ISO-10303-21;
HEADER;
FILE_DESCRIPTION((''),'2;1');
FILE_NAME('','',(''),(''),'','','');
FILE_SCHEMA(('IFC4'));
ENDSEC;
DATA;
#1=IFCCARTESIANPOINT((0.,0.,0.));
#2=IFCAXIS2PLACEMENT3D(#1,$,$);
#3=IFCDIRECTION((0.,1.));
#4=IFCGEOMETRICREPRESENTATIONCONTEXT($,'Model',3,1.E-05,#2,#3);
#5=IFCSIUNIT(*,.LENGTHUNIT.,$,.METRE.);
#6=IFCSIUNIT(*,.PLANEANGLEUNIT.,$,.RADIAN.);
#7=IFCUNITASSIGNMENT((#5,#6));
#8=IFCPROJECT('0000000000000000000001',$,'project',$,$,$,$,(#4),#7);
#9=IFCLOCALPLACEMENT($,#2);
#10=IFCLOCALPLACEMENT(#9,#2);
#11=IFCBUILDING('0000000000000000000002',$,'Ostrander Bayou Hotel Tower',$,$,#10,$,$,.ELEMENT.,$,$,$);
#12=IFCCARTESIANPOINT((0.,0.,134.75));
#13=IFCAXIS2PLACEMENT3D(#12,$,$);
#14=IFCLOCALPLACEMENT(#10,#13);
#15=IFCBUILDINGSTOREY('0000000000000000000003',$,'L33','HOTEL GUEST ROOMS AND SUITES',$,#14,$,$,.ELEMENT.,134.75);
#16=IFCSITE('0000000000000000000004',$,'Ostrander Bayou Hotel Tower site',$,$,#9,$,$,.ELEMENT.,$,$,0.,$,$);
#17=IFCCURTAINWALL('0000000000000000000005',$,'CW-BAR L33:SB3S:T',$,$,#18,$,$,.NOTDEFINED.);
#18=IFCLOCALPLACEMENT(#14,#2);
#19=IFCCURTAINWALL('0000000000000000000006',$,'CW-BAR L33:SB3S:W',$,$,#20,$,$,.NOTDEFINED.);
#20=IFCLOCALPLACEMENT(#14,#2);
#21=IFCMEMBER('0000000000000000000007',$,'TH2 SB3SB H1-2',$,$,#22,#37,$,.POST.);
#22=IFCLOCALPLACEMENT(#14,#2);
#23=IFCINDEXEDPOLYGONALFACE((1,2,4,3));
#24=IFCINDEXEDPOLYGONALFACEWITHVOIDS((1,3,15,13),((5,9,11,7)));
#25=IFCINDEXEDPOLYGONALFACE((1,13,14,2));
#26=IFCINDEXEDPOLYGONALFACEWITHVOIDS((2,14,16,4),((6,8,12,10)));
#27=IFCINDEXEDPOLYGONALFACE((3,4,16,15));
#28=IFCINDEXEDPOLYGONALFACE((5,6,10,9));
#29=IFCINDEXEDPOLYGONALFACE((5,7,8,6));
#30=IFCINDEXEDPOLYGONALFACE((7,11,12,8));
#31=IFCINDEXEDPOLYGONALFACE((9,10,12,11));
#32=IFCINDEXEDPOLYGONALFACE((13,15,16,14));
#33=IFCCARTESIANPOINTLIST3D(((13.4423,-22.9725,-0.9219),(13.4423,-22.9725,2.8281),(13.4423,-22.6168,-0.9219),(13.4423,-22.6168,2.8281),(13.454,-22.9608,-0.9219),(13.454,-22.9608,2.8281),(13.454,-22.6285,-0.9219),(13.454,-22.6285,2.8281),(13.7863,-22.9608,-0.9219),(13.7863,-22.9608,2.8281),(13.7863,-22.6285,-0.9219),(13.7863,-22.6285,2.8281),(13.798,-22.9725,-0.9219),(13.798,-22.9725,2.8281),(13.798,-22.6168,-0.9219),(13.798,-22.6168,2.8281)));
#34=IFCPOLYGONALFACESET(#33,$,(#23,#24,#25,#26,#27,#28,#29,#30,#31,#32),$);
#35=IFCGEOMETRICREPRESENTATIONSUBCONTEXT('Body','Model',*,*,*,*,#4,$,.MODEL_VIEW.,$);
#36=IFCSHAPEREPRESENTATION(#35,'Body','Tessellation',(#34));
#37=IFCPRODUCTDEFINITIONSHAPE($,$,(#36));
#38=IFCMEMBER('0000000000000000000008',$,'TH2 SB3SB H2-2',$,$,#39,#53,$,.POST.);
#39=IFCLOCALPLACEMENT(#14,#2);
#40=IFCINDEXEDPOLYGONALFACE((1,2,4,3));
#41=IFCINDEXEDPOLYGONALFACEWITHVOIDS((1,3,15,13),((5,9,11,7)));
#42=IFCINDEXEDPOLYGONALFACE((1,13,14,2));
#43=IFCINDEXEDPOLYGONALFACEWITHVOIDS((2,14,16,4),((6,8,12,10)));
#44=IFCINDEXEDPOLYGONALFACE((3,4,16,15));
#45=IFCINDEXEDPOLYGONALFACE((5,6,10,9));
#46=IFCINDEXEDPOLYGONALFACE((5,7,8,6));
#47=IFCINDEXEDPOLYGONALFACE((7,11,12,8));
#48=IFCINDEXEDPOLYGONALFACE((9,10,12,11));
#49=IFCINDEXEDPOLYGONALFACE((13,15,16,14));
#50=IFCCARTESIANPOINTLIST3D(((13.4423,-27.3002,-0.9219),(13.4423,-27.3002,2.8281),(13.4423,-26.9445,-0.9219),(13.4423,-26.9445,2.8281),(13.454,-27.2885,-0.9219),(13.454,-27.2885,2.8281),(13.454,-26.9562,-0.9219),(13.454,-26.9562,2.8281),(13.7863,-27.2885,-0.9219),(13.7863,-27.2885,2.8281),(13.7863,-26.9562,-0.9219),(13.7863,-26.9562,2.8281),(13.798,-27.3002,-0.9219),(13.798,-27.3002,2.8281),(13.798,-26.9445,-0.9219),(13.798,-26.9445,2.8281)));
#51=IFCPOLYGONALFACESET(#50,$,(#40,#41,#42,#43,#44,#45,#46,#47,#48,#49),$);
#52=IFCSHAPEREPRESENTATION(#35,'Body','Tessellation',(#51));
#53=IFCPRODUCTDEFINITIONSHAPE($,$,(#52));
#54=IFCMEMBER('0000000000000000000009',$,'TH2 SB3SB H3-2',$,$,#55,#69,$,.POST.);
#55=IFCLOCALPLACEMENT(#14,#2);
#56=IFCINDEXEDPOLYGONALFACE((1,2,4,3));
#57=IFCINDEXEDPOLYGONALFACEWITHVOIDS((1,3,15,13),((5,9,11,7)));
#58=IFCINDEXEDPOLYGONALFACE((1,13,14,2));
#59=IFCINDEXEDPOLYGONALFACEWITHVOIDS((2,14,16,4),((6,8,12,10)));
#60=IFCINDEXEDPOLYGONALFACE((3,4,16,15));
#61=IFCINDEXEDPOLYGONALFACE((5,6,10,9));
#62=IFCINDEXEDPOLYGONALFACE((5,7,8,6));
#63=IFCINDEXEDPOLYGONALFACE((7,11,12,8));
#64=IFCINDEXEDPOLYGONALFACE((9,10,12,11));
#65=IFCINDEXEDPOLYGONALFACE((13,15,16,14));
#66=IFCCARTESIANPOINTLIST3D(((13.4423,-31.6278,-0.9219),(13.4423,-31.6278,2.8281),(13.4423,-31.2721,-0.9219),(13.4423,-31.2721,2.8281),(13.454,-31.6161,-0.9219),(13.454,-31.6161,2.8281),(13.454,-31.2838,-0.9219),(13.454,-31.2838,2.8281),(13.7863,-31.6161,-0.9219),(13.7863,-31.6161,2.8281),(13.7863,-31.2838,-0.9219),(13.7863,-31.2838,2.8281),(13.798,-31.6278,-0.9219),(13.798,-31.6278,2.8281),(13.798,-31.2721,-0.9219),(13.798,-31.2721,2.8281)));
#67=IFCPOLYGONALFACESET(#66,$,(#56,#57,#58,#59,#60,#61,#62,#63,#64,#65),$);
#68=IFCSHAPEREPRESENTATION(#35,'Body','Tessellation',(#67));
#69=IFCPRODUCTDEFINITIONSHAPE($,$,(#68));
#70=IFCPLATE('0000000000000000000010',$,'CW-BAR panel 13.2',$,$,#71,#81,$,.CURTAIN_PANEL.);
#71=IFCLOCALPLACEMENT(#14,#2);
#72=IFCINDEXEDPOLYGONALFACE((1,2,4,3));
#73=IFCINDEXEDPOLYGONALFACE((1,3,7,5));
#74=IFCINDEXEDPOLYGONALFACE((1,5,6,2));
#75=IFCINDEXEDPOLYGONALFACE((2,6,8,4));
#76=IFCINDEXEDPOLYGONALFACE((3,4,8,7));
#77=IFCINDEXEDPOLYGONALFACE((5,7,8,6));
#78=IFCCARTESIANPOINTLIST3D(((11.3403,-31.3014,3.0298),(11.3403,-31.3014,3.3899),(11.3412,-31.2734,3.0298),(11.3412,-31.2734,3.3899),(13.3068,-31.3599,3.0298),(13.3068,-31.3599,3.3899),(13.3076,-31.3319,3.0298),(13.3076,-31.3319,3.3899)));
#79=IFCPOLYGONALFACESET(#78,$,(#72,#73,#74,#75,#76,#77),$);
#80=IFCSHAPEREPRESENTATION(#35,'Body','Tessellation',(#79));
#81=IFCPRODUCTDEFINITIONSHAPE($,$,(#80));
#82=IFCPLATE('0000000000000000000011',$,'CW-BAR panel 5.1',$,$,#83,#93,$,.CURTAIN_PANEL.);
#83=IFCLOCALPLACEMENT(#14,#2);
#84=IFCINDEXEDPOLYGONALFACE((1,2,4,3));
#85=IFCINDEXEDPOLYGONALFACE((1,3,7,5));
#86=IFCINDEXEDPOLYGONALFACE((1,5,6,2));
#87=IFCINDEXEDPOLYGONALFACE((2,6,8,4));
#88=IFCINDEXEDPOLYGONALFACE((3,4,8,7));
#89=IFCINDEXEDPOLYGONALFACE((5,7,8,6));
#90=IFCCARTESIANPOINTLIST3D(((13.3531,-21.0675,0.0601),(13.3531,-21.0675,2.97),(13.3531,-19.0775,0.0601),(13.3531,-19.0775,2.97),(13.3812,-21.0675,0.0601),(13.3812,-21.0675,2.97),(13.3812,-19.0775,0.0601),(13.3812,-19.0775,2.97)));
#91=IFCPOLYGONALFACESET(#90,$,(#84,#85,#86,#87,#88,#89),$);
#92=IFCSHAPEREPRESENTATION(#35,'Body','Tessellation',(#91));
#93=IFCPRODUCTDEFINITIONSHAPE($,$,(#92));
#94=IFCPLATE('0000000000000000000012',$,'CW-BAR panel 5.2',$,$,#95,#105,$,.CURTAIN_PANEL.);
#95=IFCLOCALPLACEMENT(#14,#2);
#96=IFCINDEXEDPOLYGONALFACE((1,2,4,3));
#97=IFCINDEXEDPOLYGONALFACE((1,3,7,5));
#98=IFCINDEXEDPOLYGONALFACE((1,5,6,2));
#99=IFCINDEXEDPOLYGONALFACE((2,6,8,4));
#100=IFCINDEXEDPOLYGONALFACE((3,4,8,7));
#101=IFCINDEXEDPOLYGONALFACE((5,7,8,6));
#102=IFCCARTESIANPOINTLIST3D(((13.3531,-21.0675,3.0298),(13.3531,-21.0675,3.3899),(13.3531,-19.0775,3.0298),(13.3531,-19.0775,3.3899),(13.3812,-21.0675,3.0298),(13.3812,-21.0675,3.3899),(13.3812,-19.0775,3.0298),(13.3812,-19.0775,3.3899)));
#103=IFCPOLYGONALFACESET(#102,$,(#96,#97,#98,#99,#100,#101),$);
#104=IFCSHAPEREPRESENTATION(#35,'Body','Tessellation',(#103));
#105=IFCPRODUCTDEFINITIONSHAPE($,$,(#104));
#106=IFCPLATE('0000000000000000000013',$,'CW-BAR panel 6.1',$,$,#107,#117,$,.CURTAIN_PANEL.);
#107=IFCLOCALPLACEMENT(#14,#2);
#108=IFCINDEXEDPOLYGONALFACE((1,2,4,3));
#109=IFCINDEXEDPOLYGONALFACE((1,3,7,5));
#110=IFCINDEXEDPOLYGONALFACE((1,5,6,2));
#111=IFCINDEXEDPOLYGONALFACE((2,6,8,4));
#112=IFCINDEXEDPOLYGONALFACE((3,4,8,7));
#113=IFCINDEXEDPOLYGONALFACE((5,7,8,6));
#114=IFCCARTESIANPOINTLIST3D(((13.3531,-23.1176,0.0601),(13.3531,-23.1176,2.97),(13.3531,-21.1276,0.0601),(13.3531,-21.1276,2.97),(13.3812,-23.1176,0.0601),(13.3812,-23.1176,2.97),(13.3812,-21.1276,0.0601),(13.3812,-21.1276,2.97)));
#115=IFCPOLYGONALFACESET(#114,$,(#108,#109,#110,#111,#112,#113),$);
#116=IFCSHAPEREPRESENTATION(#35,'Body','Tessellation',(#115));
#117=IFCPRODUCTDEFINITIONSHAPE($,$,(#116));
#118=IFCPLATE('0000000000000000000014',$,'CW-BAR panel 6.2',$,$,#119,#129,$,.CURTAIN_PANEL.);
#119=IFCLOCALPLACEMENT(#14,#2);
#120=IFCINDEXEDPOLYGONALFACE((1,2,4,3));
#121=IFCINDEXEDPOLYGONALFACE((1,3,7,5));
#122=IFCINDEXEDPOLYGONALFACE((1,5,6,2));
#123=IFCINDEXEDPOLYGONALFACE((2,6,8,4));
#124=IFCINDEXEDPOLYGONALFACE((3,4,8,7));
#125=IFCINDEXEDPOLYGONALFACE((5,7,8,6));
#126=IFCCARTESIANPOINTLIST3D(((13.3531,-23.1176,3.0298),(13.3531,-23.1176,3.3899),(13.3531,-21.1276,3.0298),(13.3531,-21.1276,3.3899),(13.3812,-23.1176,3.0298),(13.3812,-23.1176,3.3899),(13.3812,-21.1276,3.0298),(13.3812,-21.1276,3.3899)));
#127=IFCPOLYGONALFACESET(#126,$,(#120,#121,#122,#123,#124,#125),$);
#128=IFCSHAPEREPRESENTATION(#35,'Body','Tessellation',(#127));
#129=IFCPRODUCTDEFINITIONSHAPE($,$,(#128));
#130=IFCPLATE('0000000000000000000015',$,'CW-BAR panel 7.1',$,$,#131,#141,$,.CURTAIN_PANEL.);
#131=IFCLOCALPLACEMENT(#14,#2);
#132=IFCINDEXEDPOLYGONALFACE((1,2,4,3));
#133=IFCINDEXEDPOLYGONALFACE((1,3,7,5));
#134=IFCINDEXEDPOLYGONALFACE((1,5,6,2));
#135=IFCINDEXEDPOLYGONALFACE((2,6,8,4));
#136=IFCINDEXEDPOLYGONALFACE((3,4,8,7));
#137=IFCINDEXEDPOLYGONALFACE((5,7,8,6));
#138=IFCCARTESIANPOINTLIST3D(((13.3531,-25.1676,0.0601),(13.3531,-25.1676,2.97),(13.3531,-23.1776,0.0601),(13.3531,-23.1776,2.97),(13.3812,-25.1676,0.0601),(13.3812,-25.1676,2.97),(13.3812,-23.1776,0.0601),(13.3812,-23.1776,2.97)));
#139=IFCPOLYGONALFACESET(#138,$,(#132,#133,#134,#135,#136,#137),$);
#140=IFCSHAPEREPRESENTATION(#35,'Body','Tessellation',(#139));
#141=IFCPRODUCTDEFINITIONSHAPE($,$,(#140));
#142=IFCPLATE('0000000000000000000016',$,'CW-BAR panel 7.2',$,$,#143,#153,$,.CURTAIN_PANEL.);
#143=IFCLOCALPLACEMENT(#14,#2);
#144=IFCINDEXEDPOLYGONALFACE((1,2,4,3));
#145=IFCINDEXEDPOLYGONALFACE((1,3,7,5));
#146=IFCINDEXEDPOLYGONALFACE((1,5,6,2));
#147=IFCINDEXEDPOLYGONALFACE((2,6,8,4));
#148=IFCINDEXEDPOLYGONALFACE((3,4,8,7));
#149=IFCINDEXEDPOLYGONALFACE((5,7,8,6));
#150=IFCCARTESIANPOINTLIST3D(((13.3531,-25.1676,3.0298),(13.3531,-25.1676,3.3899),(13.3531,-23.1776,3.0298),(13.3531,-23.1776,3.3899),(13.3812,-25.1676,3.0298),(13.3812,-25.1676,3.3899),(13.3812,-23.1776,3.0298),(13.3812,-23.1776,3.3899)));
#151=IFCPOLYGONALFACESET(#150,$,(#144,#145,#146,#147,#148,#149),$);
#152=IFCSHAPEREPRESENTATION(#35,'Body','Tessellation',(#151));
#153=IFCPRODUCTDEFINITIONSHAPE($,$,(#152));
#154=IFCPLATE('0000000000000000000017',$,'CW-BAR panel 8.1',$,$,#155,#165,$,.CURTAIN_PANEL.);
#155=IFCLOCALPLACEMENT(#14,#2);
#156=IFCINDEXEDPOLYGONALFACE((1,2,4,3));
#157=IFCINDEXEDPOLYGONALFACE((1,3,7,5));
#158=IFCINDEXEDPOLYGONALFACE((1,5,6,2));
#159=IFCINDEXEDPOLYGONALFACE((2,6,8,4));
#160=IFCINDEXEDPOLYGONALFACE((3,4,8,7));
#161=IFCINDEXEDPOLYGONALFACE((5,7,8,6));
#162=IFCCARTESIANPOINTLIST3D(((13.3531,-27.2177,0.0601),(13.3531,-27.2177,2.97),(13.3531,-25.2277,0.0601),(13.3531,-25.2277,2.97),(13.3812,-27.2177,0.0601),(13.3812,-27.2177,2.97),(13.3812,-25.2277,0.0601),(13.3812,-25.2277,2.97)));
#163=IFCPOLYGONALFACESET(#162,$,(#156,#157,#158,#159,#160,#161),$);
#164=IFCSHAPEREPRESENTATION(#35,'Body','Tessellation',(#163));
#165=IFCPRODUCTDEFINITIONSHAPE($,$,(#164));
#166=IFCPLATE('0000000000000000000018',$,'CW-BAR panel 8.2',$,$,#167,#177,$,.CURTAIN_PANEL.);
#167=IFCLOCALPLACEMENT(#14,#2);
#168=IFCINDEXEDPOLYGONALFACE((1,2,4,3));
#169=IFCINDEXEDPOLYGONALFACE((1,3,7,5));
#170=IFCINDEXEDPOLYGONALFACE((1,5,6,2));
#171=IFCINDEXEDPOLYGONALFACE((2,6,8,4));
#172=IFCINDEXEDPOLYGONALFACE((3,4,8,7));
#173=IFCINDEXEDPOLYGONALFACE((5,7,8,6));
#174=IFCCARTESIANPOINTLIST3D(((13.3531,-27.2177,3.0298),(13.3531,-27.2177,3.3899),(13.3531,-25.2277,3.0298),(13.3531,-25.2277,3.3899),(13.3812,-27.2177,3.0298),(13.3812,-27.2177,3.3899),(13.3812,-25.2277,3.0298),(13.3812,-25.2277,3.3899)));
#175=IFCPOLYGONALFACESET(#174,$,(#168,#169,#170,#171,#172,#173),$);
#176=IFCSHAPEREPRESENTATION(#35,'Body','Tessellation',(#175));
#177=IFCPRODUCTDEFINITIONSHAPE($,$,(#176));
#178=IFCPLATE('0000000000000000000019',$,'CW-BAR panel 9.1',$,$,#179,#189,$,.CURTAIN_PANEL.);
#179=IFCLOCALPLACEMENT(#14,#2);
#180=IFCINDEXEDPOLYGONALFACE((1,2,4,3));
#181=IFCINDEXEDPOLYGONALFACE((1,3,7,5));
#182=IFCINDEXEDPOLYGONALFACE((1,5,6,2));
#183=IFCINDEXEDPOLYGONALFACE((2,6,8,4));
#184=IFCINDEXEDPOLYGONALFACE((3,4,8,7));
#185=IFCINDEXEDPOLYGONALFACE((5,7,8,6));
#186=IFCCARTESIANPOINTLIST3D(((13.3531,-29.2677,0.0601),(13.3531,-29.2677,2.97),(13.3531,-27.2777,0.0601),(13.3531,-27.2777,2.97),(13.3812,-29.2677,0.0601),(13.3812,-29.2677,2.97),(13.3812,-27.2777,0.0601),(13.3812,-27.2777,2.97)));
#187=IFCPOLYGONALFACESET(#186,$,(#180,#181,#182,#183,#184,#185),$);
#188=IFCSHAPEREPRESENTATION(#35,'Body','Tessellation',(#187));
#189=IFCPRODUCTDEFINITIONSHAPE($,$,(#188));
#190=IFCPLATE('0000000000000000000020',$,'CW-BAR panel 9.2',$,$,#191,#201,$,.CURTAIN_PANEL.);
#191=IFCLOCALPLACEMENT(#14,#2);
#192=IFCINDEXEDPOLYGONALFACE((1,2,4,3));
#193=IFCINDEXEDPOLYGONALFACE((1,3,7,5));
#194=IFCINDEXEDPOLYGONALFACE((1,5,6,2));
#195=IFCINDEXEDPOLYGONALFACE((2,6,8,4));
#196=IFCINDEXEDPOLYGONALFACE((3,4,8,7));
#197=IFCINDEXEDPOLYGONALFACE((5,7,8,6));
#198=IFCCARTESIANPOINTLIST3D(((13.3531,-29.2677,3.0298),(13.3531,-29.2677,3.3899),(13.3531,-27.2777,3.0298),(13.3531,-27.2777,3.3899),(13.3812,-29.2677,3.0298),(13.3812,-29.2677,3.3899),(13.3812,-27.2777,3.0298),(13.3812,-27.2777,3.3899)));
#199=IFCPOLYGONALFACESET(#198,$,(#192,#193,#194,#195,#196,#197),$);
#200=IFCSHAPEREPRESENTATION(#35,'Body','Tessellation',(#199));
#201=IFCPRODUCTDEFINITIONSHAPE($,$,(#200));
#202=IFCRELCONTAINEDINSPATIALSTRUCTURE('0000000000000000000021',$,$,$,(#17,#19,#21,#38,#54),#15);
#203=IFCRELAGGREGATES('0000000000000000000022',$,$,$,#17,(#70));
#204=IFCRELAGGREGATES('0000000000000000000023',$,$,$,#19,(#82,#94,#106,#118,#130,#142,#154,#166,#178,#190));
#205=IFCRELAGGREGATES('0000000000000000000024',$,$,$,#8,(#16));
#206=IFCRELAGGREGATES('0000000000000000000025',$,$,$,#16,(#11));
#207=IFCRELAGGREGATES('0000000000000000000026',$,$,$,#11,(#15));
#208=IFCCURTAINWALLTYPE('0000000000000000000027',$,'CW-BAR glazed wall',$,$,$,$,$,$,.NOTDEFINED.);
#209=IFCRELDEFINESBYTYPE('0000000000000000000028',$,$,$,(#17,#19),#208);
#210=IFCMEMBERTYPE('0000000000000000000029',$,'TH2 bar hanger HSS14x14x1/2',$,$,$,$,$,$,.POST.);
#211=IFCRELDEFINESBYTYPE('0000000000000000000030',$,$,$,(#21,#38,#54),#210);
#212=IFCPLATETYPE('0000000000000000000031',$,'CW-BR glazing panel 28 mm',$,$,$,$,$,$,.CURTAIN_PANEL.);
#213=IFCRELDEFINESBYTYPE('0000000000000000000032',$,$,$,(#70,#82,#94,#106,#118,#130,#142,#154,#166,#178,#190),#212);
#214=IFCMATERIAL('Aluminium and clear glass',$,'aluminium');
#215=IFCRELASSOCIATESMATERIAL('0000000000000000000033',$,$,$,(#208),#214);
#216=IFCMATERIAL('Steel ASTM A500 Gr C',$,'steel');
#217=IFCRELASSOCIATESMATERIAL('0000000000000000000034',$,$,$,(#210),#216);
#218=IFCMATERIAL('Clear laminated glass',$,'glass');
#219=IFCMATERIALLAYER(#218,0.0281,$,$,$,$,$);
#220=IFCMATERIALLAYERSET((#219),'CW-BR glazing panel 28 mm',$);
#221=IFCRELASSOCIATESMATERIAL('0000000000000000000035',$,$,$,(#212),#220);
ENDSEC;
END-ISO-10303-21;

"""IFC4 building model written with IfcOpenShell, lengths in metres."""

from ifc_helpers import new_model, si_unit, direction, frame, origin, origin_2d, place, context, subcontext, project, spatial, rectangle, hollow_rectangle, extrude, material, layer, layer_set, material_profile, profile_set, type_object, element, aggregate, save


model = new_model("IFC4")

# Units and contexts
model_context = context("Model", 3, precision=1e-05, world=origin(), true_north=direction((0.0, 1.0)))
body_context = subcontext(model_context, "Body", "Model", "MODEL_VIEW")
ifc_project = project(units=[si_unit("LENGTHUNIT", "METRE"), si_unit("PLANEANGLEUNIT", "RADIAN")], contexts=[model_context])

# Site, building, storey
site_placement = place(None, origin())
site = spatial("IfcSite", under=ifc_project, at=site_placement, Name="Ostrander Bayou Hotel Tower site", CompositionType="ELEMENT", RefElevation=0.0)
building_placement = place(site_placement, origin())
building = spatial("IfcBuilding", under=site, at=building_placement, Name="Ostrander Bayou Hotel Tower", CompositionType="ELEMENT")
storey_placement = place(building_placement, frame((0.0, 0.0, 134.75)))
storey = spatial("IfcBuildingStorey", under=building, at=storey_placement, Name="L33", Description="HOTEL GUEST ROOMS AND SUITES", CompositionType="ELEMENT", Elevation=134.75)

# Curtain wall
ifc_material_1 = material(Name="Aluminium and clear glass", Category="aluminium")
curtain_wall_type = type_object("IfcCurtainWallType", Name="CW-BAR glazed wall", PredefinedType="NOTDEFINED", material=ifc_material_1)
curtain_wall_1_placement = place(storey_placement, origin())
curtain_wall_1 = element("IfcCurtainWall", 1, at=curtain_wall_1_placement, inside=storey, type_object=curtain_wall_type, Name="CW-BAR L33:SB3S:T", PredefinedType="NOTDEFINED")

# Curtain wall
curtain_wall_2_placement = place(storey_placement, origin())
curtain_wall_2 = element("IfcCurtainWall", 2, at=curtain_wall_2_placement, inside=storey, type_object=curtain_wall_type, Name="CW-BAR L33:SB3S:W", PredefinedType="NOTDEFINED")

# Members
ifc_material_2 = material(Name="Steel ASTM A500 Gr C", Category="steel")
ifc_material_profile_1 = material_profile(ifc_material_2, hollow_rectangle(XDim=0.3557, YDim=0.3557, WallThickness=0.0117, at=origin_2d()))
ifc_profile_set_1 = profile_set([ifc_material_profile_1], Name="Steel ASTM A500 Gr C")
member_type_1 = type_object("IfcMemberType", Name="TH2 bar hanger HSS14x14x1/2", PredefinedType="POST", material=ifc_profile_set_1)
for number, where, z_axis, x_axis, name in (
    (3, (13.6201, -22.7947, -0.9219), (0.0, 0.0, 1.0), (1.0, 0.0, 0.0), "TH2 SB3SB H1-2"),
    (4, (13.6201, -27.1223, -0.9219), (0.0, 0.0, 1.0), (1.0, 0.0, 0.0), "TH2 SB3SB H2-2"),
    (5, (13.6201, -31.45, -0.9219), (0.0, 0.0, 1.0), (1.0, 0.0, 0.0), "TH2 SB3SB H3-2"),
):
    element("IfcMember", number, at=place(storey_placement, frame(where, z_axis=z_axis, x_axis=x_axis)), inside=storey, type_object=member_type_1, Name=name, PredefinedType="POST", context=body_context, shape_type="SweptSolid", body=[
        extrude(hollow_rectangle(XDim=0.3557, YDim=0.3557, WallThickness=0.0117, at=origin_2d()), origin(), (0.0, 0.0, 1.0), 3.75),
    ])

# Plates
ifc_material_3 = material(Name="Clear laminated glass", Category="glass")
ifc_layer = layer(ifc_material_3, 0.0281)
ifc_layer_set = layer_set([ifc_layer], Name="CW-BR glazing panel 28 mm")
plate_type = type_object("IfcPlateType", Name="CW-BR glazing panel 28 mm", PredefinedType="CURTAIN_PANEL", material=ifc_layer_set)
plate_1_placement = place(storey_placement, frame((12.324, -31.3167, 3.0298), z_axis=(0.0, 0.0, 1.0), x_axis=(0.999557, -0.029746, 0.0)))
plate_1 = element("IfcPlate", 6, at=plate_1_placement, type_object=plate_type, Name="CW-BAR panel 13.2", PredefinedType="CURTAIN_PANEL", context=body_context, shape_type="SweptSolid", body=[
    extrude(rectangle(XDim=1.9673, YDim=0.0281, at=origin_2d()), origin(), (0.0, 0.0, 1.0), 0.3601),
])
aggregate(curtain_wall_1, [plate_1])
plate_2_placement = place(storey_placement, frame((13.3672, -20.0725, 0.0601), z_axis=(0.0, 0.0, 1.0), x_axis=(0.0, -1.0, 0.0)))
plate_2 = element("IfcPlate", 7, at=plate_2_placement, type_object=plate_type, Name="CW-BAR panel 5.1", PredefinedType="CURTAIN_PANEL", context=body_context, shape_type="SweptSolid", body=[
    extrude(rectangle(XDim=1.99, YDim=0.0281, at=origin_2d()), origin(), (0.0, 0.0, 1.0), 2.9099),
])
plate_3_placement = place(storey_placement, frame((13.3672, -20.0725, 3.0298), z_axis=(0.0, 0.0, 1.0), x_axis=(0.0, -1.0, 0.0)))
plate_3 = element("IfcPlate", 8, at=plate_3_placement, type_object=plate_type, Name="CW-BAR panel 5.2", PredefinedType="CURTAIN_PANEL", context=body_context, shape_type="SweptSolid", body=[
    extrude(rectangle(XDim=1.99, YDim=0.0281, at=origin_2d()), origin(), (0.0, 0.0, 1.0), 0.3601),
])
plate_4_placement = place(storey_placement, frame((13.3672, -22.1226, 0.0601), z_axis=(0.0, 0.0, 1.0), x_axis=(0.0, -1.0, 0.0)))
plate_4 = element("IfcPlate", 9, at=plate_4_placement, type_object=plate_type, Name="CW-BAR panel 6.1", PredefinedType="CURTAIN_PANEL", context=body_context, shape_type="SweptSolid", body=[
    extrude(rectangle(XDim=1.99, YDim=0.0281, at=origin_2d()), origin(), (0.0, 0.0, 1.0), 2.9099),
])
plate_5_placement = place(storey_placement, frame((13.3672, -22.1226, 3.0298), z_axis=(0.0, 0.0, 1.0), x_axis=(0.0, -1.0, 0.0)))
plate_5 = element("IfcPlate", 10, at=plate_5_placement, type_object=plate_type, Name="CW-BAR panel 6.2", PredefinedType="CURTAIN_PANEL", context=body_context, shape_type="SweptSolid", body=[
    extrude(rectangle(XDim=1.99, YDim=0.0281, at=origin_2d()), origin(), (0.0, 0.0, 1.0), 0.3601),
])
plate_6_placement = place(storey_placement, frame((13.3672, -24.1726, 0.0601), z_axis=(0.0, 0.0, 1.0), x_axis=(0.0, -1.0, 0.0)))
plate_6 = element("IfcPlate", 11, at=plate_6_placement, type_object=plate_type, Name="CW-BAR panel 7.1", PredefinedType="CURTAIN_PANEL", context=body_context, shape_type="SweptSolid", body=[
    extrude(rectangle(XDim=1.99, YDim=0.0281, at=origin_2d()), origin(), (0.0, 0.0, 1.0), 2.9099),
])
plate_7_placement = place(storey_placement, frame((13.3672, -24.1726, 3.0298), z_axis=(0.0, 0.0, 1.0), x_axis=(0.0, -1.0, 0.0)))
plate_7 = element("IfcPlate", 12, at=plate_7_placement, type_object=plate_type, Name="CW-BAR panel 7.2", PredefinedType="CURTAIN_PANEL", context=body_context, shape_type="SweptSolid", body=[
    extrude(rectangle(XDim=1.99, YDim=0.0281, at=origin_2d()), origin(), (0.0, 0.0, 1.0), 0.3601),
])
plate_8_placement = place(storey_placement, frame((13.3672, -26.2227, 0.0601), z_axis=(0.0, 0.0, 1.0), x_axis=(0.0, -1.0, 0.0)))
plate_8 = element("IfcPlate", 13, at=plate_8_placement, type_object=plate_type, Name="CW-BAR panel 8.1", PredefinedType="CURTAIN_PANEL", context=body_context, shape_type="SweptSolid", body=[
    extrude(rectangle(XDim=1.99, YDim=0.0281, at=origin_2d()), origin(), (0.0, 0.0, 1.0), 2.9099),
])
plate_9_placement = place(storey_placement, frame((13.3672, -26.2227, 3.0298), z_axis=(0.0, 0.0, 1.0), x_axis=(0.0, -1.0, 0.0)))
plate_9 = element("IfcPlate", 14, at=plate_9_placement, type_object=plate_type, Name="CW-BAR panel 8.2", PredefinedType="CURTAIN_PANEL", context=body_context, shape_type="SweptSolid", body=[
    extrude(rectangle(XDim=1.99, YDim=0.0281, at=origin_2d()), origin(), (0.0, 0.0, 1.0), 0.3601),
])
plate_10_placement = place(storey_placement, frame((13.3672, -28.2727, 0.0601), z_axis=(0.0, 0.0, 1.0), x_axis=(0.0, -1.0, 0.0)))
plate_10 = element("IfcPlate", 15, at=plate_10_placement, type_object=plate_type, Name="CW-BAR panel 9.1", PredefinedType="CURTAIN_PANEL", context=body_context, shape_type="SweptSolid", body=[
    extrude(rectangle(XDim=1.99, YDim=0.0281, at=origin_2d()), origin(), (0.0, 0.0, 1.0), 2.9099),
])
plate_11_placement = place(storey_placement, frame((13.3672, -28.2727, 3.0298), z_axis=(0.0, 0.0, 1.0), x_axis=(0.0, -1.0, 0.0)))
plate_11 = element("IfcPlate", 16, at=plate_11_placement, type_object=plate_type, Name="CW-BAR panel 9.2", PredefinedType="CURTAIN_PANEL", context=body_context, shape_type="SweptSolid", body=[
    extrude(rectangle(XDim=1.99, YDim=0.0281, at=origin_2d()), origin(), (0.0, 0.0, 1.0), 0.3601),
])
aggregate(curtain_wall_2, [plate_2, plate_3, plate_4, plate_5, plate_6, plate_7, plate_8, plate_9, plate_10, plate_11])

save(model, "model.ifc")
